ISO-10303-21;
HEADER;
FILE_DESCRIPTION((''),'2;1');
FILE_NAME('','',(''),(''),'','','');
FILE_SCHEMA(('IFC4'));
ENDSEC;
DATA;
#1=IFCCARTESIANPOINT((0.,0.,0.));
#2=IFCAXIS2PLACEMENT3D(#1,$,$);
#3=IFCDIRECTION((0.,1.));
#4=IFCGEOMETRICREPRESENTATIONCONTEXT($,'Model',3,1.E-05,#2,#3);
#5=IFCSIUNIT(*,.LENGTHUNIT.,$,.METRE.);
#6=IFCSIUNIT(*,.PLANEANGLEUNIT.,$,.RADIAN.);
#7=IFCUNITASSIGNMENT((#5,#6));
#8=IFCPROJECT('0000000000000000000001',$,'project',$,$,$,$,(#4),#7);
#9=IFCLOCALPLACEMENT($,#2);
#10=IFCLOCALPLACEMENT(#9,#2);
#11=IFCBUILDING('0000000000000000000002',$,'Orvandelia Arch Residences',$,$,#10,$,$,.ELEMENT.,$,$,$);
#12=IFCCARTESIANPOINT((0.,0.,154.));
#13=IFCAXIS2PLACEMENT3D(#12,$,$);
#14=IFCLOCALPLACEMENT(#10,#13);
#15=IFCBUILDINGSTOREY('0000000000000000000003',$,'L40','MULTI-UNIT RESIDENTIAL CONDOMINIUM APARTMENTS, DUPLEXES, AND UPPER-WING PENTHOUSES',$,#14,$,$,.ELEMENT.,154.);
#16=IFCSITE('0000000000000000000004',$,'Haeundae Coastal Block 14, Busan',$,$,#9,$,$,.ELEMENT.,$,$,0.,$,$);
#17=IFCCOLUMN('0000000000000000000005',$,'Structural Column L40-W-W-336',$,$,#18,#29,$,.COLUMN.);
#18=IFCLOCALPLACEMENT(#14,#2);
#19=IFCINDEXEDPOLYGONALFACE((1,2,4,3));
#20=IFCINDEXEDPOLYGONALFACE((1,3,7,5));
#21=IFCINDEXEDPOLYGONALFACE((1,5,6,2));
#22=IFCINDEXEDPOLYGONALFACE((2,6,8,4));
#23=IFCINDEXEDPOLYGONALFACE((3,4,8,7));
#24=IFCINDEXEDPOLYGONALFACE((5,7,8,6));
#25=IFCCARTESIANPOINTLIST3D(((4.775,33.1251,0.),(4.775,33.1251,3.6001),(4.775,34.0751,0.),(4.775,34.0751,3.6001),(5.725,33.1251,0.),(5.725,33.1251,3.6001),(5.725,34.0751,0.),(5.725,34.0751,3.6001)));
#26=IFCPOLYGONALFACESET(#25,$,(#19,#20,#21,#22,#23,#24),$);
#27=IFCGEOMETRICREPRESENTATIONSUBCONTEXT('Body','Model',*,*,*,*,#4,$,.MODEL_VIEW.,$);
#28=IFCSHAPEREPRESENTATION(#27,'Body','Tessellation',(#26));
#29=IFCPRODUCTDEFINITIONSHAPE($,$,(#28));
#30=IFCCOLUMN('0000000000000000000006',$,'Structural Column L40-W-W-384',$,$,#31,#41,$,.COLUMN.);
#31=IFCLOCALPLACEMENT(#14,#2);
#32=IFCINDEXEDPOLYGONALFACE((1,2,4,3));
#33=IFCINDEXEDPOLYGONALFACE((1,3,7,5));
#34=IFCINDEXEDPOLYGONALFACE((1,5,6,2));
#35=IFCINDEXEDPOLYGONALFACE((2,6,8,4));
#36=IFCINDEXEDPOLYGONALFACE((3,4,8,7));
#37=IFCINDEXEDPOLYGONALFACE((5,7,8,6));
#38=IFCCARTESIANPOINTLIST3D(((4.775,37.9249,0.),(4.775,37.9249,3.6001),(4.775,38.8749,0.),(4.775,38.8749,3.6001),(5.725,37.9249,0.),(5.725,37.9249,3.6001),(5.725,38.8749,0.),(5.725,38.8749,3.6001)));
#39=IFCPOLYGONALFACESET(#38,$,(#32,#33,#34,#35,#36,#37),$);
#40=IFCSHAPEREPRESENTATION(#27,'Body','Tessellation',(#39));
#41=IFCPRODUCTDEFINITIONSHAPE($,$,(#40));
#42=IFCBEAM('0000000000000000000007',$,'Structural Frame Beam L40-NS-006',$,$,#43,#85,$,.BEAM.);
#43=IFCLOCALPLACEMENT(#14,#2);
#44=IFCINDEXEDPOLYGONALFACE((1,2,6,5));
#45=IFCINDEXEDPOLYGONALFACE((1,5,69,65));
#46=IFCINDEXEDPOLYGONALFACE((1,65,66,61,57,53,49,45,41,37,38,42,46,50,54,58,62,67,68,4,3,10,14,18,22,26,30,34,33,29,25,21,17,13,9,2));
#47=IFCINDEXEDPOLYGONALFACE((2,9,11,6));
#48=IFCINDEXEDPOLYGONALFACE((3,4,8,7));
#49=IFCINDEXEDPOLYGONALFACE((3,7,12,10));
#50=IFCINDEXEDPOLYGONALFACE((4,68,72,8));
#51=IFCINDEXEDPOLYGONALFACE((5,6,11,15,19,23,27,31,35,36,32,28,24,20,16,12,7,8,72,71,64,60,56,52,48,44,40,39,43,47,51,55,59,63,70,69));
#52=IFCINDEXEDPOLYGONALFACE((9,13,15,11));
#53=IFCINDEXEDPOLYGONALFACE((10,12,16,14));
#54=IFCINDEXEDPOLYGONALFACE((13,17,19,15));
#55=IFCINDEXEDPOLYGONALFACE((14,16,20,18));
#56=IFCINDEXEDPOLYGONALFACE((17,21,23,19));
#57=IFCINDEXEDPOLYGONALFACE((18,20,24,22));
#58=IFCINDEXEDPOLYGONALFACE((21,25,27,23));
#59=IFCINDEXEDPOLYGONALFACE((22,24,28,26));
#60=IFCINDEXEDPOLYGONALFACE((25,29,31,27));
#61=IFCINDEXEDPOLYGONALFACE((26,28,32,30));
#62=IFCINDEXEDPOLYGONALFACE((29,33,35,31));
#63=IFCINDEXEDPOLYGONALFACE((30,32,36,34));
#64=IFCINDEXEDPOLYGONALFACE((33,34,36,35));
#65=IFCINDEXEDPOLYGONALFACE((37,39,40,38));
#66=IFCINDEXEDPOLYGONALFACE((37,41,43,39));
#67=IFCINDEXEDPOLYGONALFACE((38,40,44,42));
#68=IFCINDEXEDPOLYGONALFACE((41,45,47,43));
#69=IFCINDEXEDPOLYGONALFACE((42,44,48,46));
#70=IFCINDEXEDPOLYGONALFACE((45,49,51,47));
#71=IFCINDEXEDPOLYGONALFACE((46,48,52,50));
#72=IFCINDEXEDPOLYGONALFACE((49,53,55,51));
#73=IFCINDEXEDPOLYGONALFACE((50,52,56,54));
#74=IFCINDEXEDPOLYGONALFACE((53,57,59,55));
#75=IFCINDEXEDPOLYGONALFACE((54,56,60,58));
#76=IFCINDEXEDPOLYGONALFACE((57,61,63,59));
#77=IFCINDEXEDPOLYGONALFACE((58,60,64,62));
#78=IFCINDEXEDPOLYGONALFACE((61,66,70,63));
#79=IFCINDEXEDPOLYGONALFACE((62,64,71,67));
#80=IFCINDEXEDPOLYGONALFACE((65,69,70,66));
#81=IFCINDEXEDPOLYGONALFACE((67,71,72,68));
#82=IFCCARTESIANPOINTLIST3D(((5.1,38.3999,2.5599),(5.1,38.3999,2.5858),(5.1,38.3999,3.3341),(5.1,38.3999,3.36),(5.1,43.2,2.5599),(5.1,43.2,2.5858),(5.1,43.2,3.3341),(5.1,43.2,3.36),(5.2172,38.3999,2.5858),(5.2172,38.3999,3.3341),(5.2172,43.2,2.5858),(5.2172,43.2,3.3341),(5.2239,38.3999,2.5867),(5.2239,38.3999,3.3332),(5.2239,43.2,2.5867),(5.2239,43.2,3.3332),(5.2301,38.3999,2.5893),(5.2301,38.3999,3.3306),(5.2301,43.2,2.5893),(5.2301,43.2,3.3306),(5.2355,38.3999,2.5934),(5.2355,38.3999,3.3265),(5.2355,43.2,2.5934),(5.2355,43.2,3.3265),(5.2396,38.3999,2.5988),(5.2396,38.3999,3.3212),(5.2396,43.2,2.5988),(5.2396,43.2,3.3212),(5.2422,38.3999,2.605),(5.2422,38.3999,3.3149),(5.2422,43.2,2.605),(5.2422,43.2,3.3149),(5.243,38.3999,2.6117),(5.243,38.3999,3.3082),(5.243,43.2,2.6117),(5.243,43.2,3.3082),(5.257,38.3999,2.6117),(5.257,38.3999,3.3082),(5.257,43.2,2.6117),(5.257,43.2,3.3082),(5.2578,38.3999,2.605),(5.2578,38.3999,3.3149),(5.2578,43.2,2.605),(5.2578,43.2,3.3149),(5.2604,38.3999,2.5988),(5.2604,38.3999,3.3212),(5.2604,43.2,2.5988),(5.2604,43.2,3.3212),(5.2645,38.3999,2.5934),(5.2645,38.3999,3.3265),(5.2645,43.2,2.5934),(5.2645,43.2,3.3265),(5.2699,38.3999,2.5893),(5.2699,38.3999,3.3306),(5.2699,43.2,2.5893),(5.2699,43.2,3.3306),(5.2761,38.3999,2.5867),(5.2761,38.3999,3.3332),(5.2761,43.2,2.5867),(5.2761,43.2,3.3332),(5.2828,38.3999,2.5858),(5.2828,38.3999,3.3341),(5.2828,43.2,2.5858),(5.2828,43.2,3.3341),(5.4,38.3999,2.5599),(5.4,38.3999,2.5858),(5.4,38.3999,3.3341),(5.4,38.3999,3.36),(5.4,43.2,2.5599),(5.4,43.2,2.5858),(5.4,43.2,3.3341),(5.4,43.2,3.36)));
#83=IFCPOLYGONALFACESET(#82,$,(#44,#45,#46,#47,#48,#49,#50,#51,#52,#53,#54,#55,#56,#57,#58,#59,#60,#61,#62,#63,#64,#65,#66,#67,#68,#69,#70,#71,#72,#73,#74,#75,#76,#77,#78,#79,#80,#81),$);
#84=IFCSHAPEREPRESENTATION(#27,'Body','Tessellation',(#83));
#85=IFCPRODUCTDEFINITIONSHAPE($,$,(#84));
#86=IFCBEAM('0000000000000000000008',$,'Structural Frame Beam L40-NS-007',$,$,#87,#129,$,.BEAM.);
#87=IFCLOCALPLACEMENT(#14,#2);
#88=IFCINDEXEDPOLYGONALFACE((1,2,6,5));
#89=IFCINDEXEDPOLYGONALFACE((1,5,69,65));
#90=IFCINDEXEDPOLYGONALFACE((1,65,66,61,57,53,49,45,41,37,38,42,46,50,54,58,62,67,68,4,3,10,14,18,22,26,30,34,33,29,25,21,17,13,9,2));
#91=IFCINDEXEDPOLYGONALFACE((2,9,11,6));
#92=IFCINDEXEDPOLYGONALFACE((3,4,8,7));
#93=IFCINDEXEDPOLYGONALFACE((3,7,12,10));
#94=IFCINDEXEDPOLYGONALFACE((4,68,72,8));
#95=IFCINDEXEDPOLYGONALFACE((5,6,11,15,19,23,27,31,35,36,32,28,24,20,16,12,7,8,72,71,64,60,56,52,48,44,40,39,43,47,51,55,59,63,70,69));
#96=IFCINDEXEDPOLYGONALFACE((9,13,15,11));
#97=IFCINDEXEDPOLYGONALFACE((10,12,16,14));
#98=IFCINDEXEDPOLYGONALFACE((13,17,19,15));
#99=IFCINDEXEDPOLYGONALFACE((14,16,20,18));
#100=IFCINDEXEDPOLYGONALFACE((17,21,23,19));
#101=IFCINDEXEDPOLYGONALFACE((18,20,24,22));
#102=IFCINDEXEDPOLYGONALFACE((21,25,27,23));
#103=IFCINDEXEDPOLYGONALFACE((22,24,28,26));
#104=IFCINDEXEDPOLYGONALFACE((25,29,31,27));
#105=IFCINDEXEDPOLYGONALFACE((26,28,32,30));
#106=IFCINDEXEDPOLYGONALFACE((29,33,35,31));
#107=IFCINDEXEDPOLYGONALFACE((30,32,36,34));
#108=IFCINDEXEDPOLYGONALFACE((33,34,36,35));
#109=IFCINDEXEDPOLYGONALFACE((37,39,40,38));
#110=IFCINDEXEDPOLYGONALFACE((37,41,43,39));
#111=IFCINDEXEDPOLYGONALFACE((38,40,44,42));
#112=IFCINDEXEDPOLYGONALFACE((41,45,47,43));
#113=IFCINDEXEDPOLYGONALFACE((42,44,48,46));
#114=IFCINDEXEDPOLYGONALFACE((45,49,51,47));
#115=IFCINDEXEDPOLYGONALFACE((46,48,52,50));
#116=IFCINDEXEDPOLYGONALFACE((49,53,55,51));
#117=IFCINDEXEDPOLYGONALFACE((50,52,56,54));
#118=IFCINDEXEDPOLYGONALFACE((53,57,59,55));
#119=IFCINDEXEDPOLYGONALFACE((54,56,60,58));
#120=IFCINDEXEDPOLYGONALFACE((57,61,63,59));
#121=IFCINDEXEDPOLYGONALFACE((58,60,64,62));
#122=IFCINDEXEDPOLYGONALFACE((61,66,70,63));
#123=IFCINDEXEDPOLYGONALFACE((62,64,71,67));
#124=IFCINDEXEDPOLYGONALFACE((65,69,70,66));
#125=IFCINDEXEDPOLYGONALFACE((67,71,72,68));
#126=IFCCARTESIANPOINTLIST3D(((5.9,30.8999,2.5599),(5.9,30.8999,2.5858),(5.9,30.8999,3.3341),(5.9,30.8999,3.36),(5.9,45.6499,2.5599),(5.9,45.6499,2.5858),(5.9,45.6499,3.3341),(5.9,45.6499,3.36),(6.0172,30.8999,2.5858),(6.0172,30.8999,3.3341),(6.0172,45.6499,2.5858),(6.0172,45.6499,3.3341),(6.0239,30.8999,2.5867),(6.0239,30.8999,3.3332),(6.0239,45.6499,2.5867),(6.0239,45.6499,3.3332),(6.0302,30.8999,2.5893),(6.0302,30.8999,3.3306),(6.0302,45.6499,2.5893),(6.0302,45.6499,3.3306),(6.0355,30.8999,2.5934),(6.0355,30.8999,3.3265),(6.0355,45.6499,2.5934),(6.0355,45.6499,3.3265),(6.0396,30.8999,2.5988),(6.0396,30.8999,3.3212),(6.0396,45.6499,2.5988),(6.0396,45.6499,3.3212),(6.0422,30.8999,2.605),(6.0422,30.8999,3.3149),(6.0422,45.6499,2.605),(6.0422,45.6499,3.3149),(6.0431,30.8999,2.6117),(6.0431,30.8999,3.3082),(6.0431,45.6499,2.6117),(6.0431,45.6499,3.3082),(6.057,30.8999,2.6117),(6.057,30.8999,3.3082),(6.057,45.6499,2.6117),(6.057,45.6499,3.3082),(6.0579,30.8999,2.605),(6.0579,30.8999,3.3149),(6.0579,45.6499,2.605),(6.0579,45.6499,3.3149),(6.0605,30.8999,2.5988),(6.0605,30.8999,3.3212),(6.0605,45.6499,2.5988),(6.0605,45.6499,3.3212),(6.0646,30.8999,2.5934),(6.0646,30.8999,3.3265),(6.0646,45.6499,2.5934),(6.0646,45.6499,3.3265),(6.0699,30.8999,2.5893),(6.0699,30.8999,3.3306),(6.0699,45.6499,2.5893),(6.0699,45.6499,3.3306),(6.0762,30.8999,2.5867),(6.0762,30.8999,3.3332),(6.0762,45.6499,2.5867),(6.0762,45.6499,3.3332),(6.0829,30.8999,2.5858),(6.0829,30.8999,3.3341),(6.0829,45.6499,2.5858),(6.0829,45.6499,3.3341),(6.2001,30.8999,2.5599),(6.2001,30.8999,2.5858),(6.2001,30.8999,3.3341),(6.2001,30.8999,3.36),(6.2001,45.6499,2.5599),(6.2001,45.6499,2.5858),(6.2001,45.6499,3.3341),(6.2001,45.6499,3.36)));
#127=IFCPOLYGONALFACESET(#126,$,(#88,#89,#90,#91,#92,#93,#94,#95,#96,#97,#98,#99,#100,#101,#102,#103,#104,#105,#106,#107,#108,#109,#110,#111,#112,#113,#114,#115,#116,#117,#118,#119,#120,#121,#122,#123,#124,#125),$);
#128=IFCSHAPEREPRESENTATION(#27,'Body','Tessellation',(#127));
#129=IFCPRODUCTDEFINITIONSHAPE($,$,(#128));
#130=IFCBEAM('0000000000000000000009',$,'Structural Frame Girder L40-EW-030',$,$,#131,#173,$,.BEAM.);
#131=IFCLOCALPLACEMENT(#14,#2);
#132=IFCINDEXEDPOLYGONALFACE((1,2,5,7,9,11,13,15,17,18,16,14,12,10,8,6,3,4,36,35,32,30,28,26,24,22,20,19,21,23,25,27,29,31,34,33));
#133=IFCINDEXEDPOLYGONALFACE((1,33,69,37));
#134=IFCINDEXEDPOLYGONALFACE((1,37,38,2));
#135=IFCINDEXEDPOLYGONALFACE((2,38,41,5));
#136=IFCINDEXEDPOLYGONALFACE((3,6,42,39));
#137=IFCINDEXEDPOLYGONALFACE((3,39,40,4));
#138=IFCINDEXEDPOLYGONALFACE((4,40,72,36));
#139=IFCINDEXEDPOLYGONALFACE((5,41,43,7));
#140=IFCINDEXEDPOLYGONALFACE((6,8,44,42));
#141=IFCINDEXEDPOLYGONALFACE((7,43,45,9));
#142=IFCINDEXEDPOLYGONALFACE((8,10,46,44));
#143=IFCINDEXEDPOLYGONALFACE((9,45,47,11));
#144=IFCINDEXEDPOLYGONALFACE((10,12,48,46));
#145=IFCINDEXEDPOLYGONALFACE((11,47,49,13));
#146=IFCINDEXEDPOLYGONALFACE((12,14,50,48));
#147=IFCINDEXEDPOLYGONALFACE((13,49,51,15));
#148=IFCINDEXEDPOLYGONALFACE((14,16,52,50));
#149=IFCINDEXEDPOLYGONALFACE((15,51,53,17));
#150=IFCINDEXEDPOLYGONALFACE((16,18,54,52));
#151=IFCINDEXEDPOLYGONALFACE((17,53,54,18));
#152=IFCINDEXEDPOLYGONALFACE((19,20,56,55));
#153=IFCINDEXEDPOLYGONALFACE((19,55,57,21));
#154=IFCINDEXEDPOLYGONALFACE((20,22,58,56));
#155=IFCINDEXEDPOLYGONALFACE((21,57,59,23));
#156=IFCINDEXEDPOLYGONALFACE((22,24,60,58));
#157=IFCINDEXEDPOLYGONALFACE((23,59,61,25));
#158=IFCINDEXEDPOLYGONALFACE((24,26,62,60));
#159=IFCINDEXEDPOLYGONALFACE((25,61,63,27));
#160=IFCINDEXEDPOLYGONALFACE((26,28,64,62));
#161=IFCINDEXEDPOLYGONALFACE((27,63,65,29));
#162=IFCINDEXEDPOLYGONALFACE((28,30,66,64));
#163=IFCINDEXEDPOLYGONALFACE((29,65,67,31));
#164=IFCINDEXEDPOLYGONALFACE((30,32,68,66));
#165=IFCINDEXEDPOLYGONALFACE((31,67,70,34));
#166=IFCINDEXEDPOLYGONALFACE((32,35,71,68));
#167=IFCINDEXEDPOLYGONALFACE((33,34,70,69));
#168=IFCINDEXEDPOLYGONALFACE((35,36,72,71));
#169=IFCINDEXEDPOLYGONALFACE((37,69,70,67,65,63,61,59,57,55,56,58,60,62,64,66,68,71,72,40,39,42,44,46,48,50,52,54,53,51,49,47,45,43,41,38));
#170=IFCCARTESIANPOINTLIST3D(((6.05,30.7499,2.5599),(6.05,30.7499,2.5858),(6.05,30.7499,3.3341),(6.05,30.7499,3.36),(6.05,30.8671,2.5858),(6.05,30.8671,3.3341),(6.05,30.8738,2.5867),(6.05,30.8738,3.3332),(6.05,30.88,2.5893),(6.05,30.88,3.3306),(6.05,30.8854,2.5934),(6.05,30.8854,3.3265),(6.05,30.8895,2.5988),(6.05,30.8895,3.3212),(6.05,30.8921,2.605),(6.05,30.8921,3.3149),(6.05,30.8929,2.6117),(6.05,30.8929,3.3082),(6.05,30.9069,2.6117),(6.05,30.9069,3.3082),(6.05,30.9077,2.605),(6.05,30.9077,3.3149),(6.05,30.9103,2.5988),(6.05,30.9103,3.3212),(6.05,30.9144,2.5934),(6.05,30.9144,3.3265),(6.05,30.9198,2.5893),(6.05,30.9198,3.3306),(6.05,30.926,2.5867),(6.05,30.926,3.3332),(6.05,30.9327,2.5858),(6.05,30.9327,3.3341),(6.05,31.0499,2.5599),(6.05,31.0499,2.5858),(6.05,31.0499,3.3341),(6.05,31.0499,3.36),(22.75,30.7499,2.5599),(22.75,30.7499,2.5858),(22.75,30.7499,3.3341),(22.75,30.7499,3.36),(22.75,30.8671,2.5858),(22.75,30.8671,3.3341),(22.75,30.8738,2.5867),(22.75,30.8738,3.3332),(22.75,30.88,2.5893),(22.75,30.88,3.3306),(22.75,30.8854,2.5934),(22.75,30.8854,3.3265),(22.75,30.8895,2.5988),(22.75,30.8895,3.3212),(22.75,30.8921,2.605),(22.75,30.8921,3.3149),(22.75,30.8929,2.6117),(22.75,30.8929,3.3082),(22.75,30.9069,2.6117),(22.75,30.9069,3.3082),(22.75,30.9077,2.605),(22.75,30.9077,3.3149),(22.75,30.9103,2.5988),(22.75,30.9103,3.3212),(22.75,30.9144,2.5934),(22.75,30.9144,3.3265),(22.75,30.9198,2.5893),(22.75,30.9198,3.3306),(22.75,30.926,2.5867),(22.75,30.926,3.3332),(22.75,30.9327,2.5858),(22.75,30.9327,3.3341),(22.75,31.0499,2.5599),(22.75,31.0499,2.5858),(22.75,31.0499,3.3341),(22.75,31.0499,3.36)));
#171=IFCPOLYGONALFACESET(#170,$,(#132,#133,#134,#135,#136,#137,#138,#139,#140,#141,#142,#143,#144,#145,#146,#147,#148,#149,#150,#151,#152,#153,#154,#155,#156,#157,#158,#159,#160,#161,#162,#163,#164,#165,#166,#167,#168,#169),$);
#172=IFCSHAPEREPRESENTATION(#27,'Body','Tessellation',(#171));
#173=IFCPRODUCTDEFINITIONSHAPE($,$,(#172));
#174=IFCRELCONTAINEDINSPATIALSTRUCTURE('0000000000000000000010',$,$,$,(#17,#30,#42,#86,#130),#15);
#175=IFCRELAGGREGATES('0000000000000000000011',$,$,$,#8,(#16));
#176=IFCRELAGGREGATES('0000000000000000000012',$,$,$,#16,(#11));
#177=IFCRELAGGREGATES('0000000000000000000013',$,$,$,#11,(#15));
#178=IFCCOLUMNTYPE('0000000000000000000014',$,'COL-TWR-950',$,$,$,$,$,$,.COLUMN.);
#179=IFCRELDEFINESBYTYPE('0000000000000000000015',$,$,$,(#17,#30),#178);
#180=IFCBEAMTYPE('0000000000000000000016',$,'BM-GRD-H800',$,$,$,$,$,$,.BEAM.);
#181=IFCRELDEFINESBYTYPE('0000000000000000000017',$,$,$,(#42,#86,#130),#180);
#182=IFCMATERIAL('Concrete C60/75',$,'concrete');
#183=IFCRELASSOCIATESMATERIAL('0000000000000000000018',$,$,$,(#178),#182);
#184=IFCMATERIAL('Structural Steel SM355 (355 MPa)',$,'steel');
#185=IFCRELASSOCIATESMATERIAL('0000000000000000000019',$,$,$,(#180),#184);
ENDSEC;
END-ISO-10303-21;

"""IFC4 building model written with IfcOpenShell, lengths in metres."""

from ifc_helpers import new_model, si_unit, direction, frame, origin, origin_2d, place, context, subcontext, project, spatial, rectangle, i_section, extrude, material, material_profile, profile_set, type_object, element, save


model = new_model("IFC4")

# Units and contexts
model_context = context("Model", 3, precision=1e-05, world=origin(), true_north=direction((0.0, 1.0)))
body_context = subcontext(model_context, "Body", "Model", "MODEL_VIEW")
ifc_project = project(units=[si_unit("LENGTHUNIT", "METRE"), si_unit("PLANEANGLEUNIT", "RADIAN")], contexts=[model_context])

# Site, building, storey
site_placement = place(None, origin())
site = spatial("IfcSite", under=ifc_project, at=site_placement, Name="Haeundae Coastal Block 14, Busan", CompositionType="ELEMENT", RefElevation=0.0)
building_placement = place(site_placement, origin())
building = spatial("IfcBuilding", under=site, at=building_placement, Name="Orvandelia Arch Residences", CompositionType="ELEMENT")
storey_placement = place(building_placement, frame((0.0, 0.0, 154.0)))
storey = spatial("IfcBuildingStorey", under=building, at=storey_placement, Name="L40", Description="MULTI-UNIT RESIDENTIAL CONDOMINIUM APARTMENTS, DUPLEXES, AND UPPER-WING PENTHOUSES", CompositionType="ELEMENT", Elevation=154.0)

# Columns
ifc_material_1 = material(Name="Concrete C60/75", Category="concrete")
ifc_material_profile_1 = material_profile(ifc_material_1, rectangle(XDim=0.95, YDim=0.95, at=origin_2d()), Name="Concrete C60/75", Category="concrete")
ifc_profile_set_1 = profile_set([ifc_material_profile_1], Name="Concrete C60/75")
column_type = type_object("IfcColumnType", Name="COL-TWR-950", PredefinedType="COLUMN", material=ifc_profile_set_1)
for number, where, z_axis, x_axis, name in (
    (1, (5.25, 33.6001, 0.0), (0.0, 0.0, 1.0), (1.0, 0.0, 0.0), "Structural Column L40-W-W-336"),
    (2, (5.25, 38.3999, 0.0), (0.0, 0.0, 1.0), (1.0, 0.0, 0.0), "Structural Column L40-W-W-384"),
):
    element("IfcColumn", number, at=place(storey_placement, frame(where, z_axis=z_axis, x_axis=x_axis)), inside=storey, type_object=column_type, Name=name, PredefinedType="COLUMN", context=body_context, shape_type="SweptSolid", body=[
        extrude(rectangle(XDim=0.95, YDim=0.95, at=origin_2d()), origin(), (0.0, 0.0, 1.0), 3.6001),
    ])

# Beams
ifc_material_2 = material(Name="Structural Steel SM355 (355 MPa)", Category="steel")
ifc_material_profile_2 = material_profile(ifc_material_2, i_section(OverallWidth=0.3, OverallDepth=0.8, WebThickness=0.0139, FlangeThickness=0.0259, FilletRadius=0.0259, at=origin_2d()), Name="Structural Steel SM355 (355 MPa)", Category="steel")
ifc_profile_set_2 = profile_set([ifc_material_profile_2], Name="Structural Steel SM355 (355 MPa)")
beam_type_1 = type_object("IfcBeamType", Name="BM-GRD-H800", PredefinedType="BEAM", material=ifc_profile_set_2)
beam_1_placement = place(storey_placement, frame((5.25, 38.3999, 2.96), z_axis=(0.0, 1.0, 0.0), x_axis=(-1.0, 0.0, 0.0)))
element("IfcBeam", 3, at=beam_1_placement, inside=storey, type_object=beam_type_1, Name="Structural Frame Beam L40-NS-006", PredefinedType="BEAM", context=body_context, shape_type="SweptSolid", body=[
    extrude(i_section(OverallWidth=0.3, OverallDepth=0.8, WebThickness=0.0139, FlangeThickness=0.0259, FilletRadius=0.0259, at=origin_2d()), origin(), (0.0, 0.0, 1.0), 4.8),
])
beam_2_placement = place(storey_placement, frame((6.05, 30.8999, 2.96), z_axis=(0.0, 1.0, 0.0), x_axis=(-1.0, 0.0, 0.0)))
element("IfcBeam", 4, at=beam_2_placement, inside=storey, type_object=beam_type_1, Name="Structural Frame Beam L40-NS-007", PredefinedType="BEAM", context=body_context, shape_type="SweptSolid", body=[
    extrude(i_section(OverallWidth=0.3, OverallDepth=0.8, WebThickness=0.0139, FlangeThickness=0.0259, FilletRadius=0.0259, at=origin_2d()), origin(), (0.0, 0.0, 1.0), 14.75),
])
beam_3_placement = place(storey_placement, frame((6.05, 30.8999, 2.96), z_axis=(1.0, 0.0, 0.0), x_axis=(0.0, 1.0, 0.0)))
element("IfcBeam", 5, at=beam_3_placement, inside=storey, type_object=beam_type_1, Name="Structural Frame Girder L40-EW-030", PredefinedType="BEAM", context=body_context, shape_type="SweptSolid", body=[
    extrude(i_section(OverallWidth=0.3, OverallDepth=0.8, WebThickness=0.0139, FlangeThickness=0.0259, FilletRadius=0.0259, at=origin_2d()), origin(), (0.0, 0.0, 1.0), 16.7),
])

save(model, "model.ifc")
